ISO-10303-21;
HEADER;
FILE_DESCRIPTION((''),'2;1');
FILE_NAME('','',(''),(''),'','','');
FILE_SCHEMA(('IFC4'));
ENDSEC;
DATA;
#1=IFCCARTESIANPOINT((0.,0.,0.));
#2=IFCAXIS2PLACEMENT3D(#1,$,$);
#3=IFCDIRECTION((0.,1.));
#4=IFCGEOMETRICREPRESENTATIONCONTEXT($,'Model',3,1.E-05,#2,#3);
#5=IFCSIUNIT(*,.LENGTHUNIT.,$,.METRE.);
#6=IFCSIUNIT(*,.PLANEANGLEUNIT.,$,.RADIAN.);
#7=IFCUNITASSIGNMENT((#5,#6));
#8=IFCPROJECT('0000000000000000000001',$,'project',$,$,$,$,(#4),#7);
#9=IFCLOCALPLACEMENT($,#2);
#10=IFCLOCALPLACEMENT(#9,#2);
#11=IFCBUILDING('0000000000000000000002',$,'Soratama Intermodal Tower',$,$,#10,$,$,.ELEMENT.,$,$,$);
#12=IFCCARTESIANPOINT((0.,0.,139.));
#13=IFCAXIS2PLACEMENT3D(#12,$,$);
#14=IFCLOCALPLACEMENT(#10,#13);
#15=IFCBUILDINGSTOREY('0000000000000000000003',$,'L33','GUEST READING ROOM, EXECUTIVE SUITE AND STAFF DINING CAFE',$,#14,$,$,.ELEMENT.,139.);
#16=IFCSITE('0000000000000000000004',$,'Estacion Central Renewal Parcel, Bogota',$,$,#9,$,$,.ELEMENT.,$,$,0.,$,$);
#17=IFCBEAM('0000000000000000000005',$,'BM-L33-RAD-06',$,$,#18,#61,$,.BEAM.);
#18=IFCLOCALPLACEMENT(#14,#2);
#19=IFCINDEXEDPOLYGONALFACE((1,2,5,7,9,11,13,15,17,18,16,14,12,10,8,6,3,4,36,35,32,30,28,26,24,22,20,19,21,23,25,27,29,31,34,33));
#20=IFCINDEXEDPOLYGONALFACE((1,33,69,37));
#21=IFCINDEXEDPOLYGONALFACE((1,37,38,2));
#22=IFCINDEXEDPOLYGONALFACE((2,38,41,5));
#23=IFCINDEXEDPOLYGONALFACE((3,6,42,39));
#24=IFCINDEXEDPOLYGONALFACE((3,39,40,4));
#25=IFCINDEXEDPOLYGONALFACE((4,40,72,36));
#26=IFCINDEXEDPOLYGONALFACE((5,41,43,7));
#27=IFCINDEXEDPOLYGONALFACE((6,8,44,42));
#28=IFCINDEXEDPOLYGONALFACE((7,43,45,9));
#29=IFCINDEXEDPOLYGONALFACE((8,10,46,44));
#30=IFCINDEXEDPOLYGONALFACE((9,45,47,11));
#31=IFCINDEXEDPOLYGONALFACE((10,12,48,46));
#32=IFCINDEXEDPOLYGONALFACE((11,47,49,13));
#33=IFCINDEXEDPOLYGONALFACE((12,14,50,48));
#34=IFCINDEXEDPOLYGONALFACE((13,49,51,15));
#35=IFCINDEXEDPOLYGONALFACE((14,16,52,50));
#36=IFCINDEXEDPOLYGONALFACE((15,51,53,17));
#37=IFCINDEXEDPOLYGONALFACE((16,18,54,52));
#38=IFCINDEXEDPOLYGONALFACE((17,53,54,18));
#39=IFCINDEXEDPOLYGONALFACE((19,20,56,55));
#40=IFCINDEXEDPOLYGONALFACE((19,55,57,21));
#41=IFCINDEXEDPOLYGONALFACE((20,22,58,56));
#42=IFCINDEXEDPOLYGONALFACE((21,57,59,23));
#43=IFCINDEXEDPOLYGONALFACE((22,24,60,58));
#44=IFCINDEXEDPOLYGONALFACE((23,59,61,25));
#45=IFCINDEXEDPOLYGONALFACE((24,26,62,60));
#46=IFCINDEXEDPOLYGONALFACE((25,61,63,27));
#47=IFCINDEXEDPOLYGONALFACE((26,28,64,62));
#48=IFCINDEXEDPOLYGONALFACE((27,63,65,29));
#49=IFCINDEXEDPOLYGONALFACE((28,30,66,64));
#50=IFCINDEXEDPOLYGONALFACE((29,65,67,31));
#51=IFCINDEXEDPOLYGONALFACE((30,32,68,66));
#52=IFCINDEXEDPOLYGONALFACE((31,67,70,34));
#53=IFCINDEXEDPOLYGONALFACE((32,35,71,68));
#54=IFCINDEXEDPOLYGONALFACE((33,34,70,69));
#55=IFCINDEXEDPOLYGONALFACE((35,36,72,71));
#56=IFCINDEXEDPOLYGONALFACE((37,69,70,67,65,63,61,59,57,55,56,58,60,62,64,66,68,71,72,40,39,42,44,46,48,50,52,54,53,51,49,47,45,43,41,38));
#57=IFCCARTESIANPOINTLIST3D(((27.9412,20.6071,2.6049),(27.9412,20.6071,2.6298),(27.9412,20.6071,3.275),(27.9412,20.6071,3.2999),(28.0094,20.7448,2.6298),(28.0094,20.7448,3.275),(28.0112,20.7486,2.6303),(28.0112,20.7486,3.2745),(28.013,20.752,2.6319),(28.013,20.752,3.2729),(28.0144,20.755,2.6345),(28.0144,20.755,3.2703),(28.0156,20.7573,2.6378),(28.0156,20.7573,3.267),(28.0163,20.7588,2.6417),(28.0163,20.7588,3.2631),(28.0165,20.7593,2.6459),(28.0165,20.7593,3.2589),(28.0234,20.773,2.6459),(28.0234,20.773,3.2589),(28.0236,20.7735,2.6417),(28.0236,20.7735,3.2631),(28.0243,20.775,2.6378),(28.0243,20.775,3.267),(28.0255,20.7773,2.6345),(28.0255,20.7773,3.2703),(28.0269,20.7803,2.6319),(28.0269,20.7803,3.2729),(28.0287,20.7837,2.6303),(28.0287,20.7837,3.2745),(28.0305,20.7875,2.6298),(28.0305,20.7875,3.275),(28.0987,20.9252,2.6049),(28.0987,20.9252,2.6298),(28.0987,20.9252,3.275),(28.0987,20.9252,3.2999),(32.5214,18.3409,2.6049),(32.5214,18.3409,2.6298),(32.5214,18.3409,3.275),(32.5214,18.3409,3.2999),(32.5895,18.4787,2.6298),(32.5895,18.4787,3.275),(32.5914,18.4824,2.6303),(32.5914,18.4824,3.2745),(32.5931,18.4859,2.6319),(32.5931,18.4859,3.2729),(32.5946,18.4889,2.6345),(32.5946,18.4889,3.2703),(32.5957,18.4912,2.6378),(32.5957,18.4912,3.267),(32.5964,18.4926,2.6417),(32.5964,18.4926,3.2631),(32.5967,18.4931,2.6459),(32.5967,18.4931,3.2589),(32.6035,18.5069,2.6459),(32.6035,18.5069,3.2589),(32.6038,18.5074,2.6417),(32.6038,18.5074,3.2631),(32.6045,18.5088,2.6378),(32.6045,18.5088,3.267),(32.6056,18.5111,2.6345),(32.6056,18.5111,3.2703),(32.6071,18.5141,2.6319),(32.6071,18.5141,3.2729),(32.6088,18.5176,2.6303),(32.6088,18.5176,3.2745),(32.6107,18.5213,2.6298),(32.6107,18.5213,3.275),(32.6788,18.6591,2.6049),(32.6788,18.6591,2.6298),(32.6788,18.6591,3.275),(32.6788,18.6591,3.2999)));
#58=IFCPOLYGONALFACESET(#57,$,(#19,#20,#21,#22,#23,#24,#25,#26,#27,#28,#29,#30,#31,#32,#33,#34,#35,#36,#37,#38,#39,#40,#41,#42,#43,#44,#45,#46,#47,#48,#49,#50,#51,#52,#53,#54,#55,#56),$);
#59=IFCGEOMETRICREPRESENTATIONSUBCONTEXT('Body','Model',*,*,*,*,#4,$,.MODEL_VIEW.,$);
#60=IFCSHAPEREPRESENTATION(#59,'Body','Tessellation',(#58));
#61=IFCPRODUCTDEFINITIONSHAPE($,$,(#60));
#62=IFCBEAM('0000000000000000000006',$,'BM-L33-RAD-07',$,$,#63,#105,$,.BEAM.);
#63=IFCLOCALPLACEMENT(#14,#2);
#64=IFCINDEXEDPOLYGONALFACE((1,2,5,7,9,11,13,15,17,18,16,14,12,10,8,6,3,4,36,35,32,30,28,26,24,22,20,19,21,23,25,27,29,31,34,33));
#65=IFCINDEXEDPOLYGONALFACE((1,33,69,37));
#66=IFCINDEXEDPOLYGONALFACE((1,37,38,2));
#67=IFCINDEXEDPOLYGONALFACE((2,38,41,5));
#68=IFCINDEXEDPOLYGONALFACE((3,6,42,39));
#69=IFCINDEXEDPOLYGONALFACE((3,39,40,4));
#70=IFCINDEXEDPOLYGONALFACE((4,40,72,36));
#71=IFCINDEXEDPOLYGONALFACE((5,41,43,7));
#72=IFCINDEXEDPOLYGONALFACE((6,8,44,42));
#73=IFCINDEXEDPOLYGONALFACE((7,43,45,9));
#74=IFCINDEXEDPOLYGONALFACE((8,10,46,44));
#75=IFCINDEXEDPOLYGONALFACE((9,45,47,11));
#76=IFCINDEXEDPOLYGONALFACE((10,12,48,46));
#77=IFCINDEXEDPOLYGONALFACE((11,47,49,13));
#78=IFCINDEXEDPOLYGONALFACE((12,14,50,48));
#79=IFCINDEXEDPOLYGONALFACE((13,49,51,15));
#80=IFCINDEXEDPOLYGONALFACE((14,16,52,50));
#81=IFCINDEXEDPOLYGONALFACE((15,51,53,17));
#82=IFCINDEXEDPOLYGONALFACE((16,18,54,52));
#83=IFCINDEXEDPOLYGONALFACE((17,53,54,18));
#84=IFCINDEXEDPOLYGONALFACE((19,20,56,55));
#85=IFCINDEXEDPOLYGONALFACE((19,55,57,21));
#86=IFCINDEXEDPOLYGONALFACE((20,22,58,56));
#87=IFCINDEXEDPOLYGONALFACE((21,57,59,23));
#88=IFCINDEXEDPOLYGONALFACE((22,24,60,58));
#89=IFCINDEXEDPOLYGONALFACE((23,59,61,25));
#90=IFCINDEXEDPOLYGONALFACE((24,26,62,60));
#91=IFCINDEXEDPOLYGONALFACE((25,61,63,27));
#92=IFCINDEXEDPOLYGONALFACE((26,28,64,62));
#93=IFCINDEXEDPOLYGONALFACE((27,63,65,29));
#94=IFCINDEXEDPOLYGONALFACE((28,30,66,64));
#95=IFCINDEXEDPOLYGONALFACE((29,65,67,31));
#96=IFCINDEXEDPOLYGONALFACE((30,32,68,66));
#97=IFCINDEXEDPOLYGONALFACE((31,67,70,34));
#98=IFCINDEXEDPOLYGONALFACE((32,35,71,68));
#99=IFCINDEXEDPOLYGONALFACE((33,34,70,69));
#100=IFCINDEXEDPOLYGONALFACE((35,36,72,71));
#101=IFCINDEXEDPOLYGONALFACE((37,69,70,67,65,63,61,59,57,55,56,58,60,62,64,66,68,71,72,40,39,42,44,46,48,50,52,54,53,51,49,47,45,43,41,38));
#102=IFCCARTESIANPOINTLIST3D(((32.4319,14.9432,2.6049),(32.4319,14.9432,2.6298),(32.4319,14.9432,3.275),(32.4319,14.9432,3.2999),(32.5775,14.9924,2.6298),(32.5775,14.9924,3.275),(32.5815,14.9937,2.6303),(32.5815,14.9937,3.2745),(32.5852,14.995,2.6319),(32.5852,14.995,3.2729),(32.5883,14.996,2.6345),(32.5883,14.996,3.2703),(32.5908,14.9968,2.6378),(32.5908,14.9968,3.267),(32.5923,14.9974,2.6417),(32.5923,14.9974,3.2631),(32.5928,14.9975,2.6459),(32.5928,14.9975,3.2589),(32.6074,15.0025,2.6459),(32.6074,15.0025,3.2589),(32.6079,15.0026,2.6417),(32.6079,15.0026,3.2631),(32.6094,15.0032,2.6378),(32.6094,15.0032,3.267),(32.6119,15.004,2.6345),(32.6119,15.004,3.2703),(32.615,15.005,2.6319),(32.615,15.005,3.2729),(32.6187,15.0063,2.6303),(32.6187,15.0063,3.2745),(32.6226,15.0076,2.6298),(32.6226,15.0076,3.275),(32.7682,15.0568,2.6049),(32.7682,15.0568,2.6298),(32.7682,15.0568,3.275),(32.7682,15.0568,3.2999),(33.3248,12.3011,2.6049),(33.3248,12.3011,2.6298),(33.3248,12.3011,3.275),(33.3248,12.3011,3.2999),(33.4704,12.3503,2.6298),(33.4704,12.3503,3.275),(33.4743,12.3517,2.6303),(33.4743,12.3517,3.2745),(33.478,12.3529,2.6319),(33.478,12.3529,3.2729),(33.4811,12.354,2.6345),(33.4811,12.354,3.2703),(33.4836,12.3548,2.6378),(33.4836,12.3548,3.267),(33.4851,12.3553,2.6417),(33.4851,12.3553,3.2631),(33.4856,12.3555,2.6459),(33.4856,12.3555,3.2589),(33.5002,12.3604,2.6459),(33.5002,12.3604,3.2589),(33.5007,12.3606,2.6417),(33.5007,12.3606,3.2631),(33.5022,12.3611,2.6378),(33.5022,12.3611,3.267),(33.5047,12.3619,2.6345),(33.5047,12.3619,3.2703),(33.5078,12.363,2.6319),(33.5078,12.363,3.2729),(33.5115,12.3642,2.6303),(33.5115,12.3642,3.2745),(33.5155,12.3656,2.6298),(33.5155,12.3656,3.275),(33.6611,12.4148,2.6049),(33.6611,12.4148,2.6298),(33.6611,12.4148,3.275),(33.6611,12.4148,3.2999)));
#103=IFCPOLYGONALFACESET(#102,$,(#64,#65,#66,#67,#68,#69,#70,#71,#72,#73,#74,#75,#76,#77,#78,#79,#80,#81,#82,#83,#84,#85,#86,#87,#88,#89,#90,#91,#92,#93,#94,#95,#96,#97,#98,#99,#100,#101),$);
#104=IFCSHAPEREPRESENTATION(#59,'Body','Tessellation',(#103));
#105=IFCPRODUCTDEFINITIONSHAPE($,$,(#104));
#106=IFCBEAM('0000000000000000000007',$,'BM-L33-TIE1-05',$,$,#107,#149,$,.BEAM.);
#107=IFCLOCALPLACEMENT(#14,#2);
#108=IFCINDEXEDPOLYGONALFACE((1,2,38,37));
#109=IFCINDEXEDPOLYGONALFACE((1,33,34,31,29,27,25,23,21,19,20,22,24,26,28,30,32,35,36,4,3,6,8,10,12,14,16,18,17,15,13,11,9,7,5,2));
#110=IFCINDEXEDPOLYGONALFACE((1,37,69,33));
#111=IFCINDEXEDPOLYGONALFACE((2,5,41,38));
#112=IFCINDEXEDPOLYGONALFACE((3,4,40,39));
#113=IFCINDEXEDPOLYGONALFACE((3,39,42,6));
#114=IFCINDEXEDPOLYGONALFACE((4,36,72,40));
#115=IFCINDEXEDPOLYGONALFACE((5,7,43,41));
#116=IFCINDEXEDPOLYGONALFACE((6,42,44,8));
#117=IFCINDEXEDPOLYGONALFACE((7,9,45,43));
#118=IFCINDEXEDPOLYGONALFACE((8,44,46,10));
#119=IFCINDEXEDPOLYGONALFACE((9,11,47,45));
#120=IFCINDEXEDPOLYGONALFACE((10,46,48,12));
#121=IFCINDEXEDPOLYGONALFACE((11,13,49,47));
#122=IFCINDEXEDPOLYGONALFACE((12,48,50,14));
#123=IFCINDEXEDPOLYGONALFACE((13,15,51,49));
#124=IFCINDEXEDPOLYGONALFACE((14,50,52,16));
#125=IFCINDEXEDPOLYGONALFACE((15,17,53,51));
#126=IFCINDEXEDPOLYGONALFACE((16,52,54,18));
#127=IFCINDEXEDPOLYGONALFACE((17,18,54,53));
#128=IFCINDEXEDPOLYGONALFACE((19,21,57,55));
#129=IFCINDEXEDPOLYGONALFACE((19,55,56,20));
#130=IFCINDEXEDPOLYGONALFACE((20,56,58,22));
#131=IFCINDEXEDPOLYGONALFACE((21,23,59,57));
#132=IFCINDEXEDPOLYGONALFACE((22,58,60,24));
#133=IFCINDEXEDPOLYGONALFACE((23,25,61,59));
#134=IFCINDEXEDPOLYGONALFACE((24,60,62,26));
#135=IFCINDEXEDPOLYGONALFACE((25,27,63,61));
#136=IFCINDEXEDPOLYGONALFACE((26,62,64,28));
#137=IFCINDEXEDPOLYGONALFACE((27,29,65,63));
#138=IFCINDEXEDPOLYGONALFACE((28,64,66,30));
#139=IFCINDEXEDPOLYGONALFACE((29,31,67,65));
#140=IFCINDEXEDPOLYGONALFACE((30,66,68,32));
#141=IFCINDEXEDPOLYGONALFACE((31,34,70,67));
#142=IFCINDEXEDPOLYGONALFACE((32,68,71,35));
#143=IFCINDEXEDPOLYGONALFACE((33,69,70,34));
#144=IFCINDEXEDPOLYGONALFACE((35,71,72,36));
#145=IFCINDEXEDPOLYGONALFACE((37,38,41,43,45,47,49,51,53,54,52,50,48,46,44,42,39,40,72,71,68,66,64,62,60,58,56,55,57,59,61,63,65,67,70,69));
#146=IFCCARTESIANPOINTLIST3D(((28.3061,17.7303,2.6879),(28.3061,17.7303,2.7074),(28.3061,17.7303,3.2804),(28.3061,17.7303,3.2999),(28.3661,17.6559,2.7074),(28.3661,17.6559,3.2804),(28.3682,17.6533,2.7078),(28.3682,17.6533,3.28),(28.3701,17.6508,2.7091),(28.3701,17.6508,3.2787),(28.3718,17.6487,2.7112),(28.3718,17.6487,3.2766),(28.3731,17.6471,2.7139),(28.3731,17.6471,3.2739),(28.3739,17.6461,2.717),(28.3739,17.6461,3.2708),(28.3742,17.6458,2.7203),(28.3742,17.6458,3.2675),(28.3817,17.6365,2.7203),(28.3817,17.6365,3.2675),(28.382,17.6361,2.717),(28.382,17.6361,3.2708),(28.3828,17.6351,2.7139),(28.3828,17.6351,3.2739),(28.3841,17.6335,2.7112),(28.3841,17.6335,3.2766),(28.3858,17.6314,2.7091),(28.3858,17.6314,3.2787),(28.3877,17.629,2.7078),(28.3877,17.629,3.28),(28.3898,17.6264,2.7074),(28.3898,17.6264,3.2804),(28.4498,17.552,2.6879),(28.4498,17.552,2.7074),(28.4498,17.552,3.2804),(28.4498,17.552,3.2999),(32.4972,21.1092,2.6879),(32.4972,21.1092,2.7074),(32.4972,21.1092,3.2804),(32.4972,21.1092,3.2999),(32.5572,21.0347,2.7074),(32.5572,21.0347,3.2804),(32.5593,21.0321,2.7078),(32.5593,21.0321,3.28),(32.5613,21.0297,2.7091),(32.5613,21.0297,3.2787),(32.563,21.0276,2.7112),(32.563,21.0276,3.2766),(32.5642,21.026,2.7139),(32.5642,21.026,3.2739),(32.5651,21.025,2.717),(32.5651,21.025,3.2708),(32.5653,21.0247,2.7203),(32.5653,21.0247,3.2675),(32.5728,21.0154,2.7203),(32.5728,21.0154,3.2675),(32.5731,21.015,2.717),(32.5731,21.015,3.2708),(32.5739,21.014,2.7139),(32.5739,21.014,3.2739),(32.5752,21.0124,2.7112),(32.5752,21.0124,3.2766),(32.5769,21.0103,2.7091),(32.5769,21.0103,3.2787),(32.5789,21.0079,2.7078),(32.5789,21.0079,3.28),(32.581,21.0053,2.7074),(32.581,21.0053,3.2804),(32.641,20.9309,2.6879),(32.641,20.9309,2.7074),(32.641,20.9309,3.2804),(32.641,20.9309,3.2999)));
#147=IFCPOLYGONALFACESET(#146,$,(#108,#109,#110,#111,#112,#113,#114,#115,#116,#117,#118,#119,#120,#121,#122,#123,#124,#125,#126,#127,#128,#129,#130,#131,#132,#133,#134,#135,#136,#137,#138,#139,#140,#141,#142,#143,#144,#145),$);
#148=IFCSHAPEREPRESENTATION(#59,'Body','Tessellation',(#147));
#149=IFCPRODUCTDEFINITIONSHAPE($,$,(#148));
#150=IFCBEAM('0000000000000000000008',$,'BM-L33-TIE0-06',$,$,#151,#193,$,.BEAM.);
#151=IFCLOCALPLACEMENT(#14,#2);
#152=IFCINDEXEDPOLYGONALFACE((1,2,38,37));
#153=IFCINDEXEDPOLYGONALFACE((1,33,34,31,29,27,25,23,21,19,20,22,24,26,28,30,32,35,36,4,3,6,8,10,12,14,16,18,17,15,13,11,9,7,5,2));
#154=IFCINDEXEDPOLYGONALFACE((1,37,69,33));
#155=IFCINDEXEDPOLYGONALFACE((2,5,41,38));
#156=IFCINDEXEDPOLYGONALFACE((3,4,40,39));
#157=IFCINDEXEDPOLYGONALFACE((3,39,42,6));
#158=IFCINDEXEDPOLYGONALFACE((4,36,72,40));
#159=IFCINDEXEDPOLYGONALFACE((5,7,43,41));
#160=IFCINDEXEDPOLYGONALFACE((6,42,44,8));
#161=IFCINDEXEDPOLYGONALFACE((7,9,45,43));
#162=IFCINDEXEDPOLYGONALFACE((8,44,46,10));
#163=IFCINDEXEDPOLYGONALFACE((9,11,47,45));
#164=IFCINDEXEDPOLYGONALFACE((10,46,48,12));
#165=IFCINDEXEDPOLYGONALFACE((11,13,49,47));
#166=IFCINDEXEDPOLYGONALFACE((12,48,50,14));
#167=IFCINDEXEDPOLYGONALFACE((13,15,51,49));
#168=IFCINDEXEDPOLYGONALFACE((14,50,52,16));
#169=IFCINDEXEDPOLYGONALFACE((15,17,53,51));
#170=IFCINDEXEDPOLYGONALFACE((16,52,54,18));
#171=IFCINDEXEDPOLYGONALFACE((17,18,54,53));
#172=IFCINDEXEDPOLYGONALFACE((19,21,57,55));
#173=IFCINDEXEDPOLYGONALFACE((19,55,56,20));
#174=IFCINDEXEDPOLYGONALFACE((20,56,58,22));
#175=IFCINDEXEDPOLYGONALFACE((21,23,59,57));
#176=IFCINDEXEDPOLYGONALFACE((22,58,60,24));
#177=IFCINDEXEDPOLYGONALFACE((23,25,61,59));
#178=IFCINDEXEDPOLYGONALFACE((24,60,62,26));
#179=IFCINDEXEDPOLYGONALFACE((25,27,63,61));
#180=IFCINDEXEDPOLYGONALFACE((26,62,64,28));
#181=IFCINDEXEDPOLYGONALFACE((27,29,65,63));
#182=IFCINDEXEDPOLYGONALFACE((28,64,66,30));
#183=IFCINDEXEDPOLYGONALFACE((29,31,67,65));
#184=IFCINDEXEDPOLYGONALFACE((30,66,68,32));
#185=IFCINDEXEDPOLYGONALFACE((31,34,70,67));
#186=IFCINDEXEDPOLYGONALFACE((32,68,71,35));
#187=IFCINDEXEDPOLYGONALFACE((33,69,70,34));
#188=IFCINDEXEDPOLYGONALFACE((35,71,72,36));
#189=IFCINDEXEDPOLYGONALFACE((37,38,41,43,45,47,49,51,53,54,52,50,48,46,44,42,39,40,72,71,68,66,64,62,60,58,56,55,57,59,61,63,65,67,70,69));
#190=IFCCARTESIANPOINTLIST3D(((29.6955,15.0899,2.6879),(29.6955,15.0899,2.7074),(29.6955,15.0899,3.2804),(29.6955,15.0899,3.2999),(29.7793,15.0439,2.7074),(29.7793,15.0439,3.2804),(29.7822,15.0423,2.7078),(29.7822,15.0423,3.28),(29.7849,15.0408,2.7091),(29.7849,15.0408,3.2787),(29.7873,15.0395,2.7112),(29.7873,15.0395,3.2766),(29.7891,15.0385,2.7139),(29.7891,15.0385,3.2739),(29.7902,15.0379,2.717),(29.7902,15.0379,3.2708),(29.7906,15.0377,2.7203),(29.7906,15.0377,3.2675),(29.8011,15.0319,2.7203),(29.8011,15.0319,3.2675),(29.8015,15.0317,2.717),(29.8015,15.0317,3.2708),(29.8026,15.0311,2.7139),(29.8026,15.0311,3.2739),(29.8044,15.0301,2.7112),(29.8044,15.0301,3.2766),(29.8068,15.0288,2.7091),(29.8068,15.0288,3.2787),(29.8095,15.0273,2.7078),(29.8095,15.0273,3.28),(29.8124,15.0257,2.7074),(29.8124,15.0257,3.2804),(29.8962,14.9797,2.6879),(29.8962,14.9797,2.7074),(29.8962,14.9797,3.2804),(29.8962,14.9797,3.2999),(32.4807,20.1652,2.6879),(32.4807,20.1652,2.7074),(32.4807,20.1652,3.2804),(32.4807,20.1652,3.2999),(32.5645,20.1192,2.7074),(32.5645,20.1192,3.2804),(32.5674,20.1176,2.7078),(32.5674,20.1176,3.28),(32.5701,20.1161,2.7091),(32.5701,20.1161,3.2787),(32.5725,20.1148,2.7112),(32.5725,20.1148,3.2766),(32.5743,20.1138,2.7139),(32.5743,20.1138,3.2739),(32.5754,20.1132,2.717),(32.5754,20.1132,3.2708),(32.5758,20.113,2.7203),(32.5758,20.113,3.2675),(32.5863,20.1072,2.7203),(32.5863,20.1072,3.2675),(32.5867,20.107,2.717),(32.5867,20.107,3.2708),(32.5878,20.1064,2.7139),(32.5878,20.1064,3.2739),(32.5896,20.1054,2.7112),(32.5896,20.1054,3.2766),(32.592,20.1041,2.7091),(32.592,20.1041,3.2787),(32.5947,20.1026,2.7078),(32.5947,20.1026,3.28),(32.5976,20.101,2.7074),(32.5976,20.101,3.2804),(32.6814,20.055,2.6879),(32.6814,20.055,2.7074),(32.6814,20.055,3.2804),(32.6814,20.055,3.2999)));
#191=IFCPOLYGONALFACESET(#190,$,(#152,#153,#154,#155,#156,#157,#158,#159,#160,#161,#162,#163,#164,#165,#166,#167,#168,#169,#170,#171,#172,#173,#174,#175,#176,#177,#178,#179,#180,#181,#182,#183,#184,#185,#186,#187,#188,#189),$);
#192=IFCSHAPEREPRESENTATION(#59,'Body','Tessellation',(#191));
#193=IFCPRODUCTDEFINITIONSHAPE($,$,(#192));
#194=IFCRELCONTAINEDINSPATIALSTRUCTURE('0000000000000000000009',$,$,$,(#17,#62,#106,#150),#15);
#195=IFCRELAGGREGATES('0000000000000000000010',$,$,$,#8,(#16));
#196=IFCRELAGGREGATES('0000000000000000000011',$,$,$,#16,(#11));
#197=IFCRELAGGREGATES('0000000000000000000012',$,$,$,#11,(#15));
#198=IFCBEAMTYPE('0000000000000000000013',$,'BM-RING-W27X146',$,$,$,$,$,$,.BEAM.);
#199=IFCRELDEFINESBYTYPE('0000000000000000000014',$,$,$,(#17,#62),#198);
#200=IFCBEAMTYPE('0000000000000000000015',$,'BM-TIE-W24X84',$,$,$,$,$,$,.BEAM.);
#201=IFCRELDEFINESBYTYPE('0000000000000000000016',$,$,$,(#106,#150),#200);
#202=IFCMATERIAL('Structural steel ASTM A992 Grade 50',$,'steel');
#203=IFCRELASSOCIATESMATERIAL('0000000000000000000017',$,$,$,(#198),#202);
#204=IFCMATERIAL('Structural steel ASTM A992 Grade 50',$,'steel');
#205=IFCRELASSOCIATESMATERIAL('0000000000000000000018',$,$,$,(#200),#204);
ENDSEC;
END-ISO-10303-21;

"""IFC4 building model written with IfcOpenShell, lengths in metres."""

from ifc_helpers import new_model, si_unit, direction, frame, origin, origin_2d, place, context, subcontext, project, spatial, i_section, extrude, material, material_profile, profile_set, type_object, element, save


model = new_model("IFC4")

# Units and contexts
model_context = context("Model", 3, precision=1e-05, world=origin(), true_north=direction((0.0, 1.0)))
body_context = subcontext(model_context, "Body", "Model", "MODEL_VIEW")
ifc_project = project(units=[si_unit("LENGTHUNIT", "METRE"), si_unit("PLANEANGLEUNIT", "RADIAN")], contexts=[model_context])

# Site, building, storey
site_placement = place(None, origin())
site = spatial("IfcSite", under=ifc_project, at=site_placement, Name="Estacion Central Renewal Parcel, Bogota", CompositionType="ELEMENT", RefElevation=0.0)
building_placement = place(site_placement, origin())
building = spatial("IfcBuilding", under=site, at=building_placement, Name="Soratama Intermodal Tower", CompositionType="ELEMENT")
storey_placement = place(building_placement, frame((0.0, 0.0, 139.0)))
storey = spatial("IfcBuildingStorey", under=building, at=storey_placement, Name="L33", Description="GUEST READING ROOM, EXECUTIVE SUITE AND STAFF DINING CAFE", CompositionType="ELEMENT", Elevation=139.0)

# Beams
ifc_material_1 = material(Name="Structural steel ASTM A992 Grade 50", Category="steel")
ifc_material_profile_1 = material_profile(ifc_material_1, i_section(OverallWidth=0.355, OverallDepth=0.6951, WebThickness=0.0154, FlangeThickness=0.0249, FilletRadius=0.0161, at=origin_2d()), Name="W27X146")
ifc_profile_set_1 = profile_set([ifc_material_profile_1], Name="Structural steel ASTM A992 Grade 50")
beam_type_1 = type_object("IfcBeamType", Name="BM-RING-W27X146", PredefinedType="BEAM", material=ifc_profile_set_1)
beam_1_placement = place(storey_placement, frame((32.6001, 18.5, 2.9524), z_axis=(-0.896292, 0.443464, 0.0), x_axis=(-0.443464, -0.896292, 0.0)))
element("IfcBeam", 1, at=beam_1_placement, inside=storey, type_object=beam_type_1, Name="BM-L33-RAD-06", PredefinedType="BEAM", context=body_context, shape_type="SweptSolid", body=[
    extrude(i_section(OverallWidth=0.355, OverallDepth=0.6951, WebThickness=0.0154, FlangeThickness=0.0249, FilletRadius=0.0161, at=origin_2d()), origin(), (0.0, 0.0, 1.0), 5.1101),
])
beam_2_placement = place(storey_placement, frame((32.6001, 15.0, 2.9524), z_axis=(0.320138, -0.947371, 0.0), x_axis=(0.947371, 0.320138, 0.0)))
element("IfcBeam", 2, at=beam_2_placement, inside=storey, type_object=beam_type_1, Name="BM-L33-RAD-07", PredefinedType="BEAM", context=body_context, shape_type="SweptSolid", body=[
    extrude(i_section(OverallWidth=0.355, OverallDepth=0.6951, WebThickness=0.0154, FlangeThickness=0.0249, FilletRadius=0.0161, at=origin_2d()), origin(), (0.0, 0.0, 1.0), 2.7888),
])
ifc_material_2 = material(Name="Structural steel ASTM A992 Grade 50", Category="steel")
ifc_material_profile_2 = material_profile(ifc_material_2, i_section(OverallWidth=0.229, OverallDepth=0.6121, WebThickness=0.012, FlangeThickness=0.0195, FilletRadius=0.0129, at=origin_2d()), Name="W24X84")
ifc_profile_set_2 = profile_set([ifc_material_profile_2], Name="Structural steel ASTM A992 Grade 50")
beam_type_2 = type_object("IfcBeamType", Name="BM-TIE-W24X84", PredefinedType="BEAM", material=ifc_profile_set_2)
beam_3_placement = place(storey_placement, frame((32.5691, 21.02, 2.9939), z_axis=(-0.77851, -0.627633, 0.0), x_axis=(0.627633, -0.77851, 0.0)))
element("IfcBeam", 3, at=beam_3_placement, inside=storey, type_object=beam_type_2, Name="BM-L33-TIE1-05", PredefinedType="BEAM", context=body_context, shape_type="SweptSolid", body=[
    extrude(i_section(OverallWidth=0.229, OverallDepth=0.6121, WebThickness=0.012, FlangeThickness=0.0195, FilletRadius=0.0129, at=origin_2d()), origin(), (0.0, 0.0, 1.0), 5.3835),
])
beam_4_placement = place(storey_placement, frame((32.5811, 20.1101, 2.9939), z_axis=(-0.481096, -0.876668, 0.0), x_axis=(0.876668, -0.481096, 0.0)))
element("IfcBeam", 4, at=beam_4_placement, inside=storey, type_object=beam_type_2, Name="BM-L33-TIE0-06", PredefinedType="BEAM", context=body_context, shape_type="SweptSolid", body=[
    extrude(i_section(OverallWidth=0.229, OverallDepth=0.6121, WebThickness=0.012, FlangeThickness=0.0195, FilletRadius=0.0129, at=origin_2d()), origin(), (0.0, 0.0, 1.0), 5.7893),
])

save(model, "model.ifc")
